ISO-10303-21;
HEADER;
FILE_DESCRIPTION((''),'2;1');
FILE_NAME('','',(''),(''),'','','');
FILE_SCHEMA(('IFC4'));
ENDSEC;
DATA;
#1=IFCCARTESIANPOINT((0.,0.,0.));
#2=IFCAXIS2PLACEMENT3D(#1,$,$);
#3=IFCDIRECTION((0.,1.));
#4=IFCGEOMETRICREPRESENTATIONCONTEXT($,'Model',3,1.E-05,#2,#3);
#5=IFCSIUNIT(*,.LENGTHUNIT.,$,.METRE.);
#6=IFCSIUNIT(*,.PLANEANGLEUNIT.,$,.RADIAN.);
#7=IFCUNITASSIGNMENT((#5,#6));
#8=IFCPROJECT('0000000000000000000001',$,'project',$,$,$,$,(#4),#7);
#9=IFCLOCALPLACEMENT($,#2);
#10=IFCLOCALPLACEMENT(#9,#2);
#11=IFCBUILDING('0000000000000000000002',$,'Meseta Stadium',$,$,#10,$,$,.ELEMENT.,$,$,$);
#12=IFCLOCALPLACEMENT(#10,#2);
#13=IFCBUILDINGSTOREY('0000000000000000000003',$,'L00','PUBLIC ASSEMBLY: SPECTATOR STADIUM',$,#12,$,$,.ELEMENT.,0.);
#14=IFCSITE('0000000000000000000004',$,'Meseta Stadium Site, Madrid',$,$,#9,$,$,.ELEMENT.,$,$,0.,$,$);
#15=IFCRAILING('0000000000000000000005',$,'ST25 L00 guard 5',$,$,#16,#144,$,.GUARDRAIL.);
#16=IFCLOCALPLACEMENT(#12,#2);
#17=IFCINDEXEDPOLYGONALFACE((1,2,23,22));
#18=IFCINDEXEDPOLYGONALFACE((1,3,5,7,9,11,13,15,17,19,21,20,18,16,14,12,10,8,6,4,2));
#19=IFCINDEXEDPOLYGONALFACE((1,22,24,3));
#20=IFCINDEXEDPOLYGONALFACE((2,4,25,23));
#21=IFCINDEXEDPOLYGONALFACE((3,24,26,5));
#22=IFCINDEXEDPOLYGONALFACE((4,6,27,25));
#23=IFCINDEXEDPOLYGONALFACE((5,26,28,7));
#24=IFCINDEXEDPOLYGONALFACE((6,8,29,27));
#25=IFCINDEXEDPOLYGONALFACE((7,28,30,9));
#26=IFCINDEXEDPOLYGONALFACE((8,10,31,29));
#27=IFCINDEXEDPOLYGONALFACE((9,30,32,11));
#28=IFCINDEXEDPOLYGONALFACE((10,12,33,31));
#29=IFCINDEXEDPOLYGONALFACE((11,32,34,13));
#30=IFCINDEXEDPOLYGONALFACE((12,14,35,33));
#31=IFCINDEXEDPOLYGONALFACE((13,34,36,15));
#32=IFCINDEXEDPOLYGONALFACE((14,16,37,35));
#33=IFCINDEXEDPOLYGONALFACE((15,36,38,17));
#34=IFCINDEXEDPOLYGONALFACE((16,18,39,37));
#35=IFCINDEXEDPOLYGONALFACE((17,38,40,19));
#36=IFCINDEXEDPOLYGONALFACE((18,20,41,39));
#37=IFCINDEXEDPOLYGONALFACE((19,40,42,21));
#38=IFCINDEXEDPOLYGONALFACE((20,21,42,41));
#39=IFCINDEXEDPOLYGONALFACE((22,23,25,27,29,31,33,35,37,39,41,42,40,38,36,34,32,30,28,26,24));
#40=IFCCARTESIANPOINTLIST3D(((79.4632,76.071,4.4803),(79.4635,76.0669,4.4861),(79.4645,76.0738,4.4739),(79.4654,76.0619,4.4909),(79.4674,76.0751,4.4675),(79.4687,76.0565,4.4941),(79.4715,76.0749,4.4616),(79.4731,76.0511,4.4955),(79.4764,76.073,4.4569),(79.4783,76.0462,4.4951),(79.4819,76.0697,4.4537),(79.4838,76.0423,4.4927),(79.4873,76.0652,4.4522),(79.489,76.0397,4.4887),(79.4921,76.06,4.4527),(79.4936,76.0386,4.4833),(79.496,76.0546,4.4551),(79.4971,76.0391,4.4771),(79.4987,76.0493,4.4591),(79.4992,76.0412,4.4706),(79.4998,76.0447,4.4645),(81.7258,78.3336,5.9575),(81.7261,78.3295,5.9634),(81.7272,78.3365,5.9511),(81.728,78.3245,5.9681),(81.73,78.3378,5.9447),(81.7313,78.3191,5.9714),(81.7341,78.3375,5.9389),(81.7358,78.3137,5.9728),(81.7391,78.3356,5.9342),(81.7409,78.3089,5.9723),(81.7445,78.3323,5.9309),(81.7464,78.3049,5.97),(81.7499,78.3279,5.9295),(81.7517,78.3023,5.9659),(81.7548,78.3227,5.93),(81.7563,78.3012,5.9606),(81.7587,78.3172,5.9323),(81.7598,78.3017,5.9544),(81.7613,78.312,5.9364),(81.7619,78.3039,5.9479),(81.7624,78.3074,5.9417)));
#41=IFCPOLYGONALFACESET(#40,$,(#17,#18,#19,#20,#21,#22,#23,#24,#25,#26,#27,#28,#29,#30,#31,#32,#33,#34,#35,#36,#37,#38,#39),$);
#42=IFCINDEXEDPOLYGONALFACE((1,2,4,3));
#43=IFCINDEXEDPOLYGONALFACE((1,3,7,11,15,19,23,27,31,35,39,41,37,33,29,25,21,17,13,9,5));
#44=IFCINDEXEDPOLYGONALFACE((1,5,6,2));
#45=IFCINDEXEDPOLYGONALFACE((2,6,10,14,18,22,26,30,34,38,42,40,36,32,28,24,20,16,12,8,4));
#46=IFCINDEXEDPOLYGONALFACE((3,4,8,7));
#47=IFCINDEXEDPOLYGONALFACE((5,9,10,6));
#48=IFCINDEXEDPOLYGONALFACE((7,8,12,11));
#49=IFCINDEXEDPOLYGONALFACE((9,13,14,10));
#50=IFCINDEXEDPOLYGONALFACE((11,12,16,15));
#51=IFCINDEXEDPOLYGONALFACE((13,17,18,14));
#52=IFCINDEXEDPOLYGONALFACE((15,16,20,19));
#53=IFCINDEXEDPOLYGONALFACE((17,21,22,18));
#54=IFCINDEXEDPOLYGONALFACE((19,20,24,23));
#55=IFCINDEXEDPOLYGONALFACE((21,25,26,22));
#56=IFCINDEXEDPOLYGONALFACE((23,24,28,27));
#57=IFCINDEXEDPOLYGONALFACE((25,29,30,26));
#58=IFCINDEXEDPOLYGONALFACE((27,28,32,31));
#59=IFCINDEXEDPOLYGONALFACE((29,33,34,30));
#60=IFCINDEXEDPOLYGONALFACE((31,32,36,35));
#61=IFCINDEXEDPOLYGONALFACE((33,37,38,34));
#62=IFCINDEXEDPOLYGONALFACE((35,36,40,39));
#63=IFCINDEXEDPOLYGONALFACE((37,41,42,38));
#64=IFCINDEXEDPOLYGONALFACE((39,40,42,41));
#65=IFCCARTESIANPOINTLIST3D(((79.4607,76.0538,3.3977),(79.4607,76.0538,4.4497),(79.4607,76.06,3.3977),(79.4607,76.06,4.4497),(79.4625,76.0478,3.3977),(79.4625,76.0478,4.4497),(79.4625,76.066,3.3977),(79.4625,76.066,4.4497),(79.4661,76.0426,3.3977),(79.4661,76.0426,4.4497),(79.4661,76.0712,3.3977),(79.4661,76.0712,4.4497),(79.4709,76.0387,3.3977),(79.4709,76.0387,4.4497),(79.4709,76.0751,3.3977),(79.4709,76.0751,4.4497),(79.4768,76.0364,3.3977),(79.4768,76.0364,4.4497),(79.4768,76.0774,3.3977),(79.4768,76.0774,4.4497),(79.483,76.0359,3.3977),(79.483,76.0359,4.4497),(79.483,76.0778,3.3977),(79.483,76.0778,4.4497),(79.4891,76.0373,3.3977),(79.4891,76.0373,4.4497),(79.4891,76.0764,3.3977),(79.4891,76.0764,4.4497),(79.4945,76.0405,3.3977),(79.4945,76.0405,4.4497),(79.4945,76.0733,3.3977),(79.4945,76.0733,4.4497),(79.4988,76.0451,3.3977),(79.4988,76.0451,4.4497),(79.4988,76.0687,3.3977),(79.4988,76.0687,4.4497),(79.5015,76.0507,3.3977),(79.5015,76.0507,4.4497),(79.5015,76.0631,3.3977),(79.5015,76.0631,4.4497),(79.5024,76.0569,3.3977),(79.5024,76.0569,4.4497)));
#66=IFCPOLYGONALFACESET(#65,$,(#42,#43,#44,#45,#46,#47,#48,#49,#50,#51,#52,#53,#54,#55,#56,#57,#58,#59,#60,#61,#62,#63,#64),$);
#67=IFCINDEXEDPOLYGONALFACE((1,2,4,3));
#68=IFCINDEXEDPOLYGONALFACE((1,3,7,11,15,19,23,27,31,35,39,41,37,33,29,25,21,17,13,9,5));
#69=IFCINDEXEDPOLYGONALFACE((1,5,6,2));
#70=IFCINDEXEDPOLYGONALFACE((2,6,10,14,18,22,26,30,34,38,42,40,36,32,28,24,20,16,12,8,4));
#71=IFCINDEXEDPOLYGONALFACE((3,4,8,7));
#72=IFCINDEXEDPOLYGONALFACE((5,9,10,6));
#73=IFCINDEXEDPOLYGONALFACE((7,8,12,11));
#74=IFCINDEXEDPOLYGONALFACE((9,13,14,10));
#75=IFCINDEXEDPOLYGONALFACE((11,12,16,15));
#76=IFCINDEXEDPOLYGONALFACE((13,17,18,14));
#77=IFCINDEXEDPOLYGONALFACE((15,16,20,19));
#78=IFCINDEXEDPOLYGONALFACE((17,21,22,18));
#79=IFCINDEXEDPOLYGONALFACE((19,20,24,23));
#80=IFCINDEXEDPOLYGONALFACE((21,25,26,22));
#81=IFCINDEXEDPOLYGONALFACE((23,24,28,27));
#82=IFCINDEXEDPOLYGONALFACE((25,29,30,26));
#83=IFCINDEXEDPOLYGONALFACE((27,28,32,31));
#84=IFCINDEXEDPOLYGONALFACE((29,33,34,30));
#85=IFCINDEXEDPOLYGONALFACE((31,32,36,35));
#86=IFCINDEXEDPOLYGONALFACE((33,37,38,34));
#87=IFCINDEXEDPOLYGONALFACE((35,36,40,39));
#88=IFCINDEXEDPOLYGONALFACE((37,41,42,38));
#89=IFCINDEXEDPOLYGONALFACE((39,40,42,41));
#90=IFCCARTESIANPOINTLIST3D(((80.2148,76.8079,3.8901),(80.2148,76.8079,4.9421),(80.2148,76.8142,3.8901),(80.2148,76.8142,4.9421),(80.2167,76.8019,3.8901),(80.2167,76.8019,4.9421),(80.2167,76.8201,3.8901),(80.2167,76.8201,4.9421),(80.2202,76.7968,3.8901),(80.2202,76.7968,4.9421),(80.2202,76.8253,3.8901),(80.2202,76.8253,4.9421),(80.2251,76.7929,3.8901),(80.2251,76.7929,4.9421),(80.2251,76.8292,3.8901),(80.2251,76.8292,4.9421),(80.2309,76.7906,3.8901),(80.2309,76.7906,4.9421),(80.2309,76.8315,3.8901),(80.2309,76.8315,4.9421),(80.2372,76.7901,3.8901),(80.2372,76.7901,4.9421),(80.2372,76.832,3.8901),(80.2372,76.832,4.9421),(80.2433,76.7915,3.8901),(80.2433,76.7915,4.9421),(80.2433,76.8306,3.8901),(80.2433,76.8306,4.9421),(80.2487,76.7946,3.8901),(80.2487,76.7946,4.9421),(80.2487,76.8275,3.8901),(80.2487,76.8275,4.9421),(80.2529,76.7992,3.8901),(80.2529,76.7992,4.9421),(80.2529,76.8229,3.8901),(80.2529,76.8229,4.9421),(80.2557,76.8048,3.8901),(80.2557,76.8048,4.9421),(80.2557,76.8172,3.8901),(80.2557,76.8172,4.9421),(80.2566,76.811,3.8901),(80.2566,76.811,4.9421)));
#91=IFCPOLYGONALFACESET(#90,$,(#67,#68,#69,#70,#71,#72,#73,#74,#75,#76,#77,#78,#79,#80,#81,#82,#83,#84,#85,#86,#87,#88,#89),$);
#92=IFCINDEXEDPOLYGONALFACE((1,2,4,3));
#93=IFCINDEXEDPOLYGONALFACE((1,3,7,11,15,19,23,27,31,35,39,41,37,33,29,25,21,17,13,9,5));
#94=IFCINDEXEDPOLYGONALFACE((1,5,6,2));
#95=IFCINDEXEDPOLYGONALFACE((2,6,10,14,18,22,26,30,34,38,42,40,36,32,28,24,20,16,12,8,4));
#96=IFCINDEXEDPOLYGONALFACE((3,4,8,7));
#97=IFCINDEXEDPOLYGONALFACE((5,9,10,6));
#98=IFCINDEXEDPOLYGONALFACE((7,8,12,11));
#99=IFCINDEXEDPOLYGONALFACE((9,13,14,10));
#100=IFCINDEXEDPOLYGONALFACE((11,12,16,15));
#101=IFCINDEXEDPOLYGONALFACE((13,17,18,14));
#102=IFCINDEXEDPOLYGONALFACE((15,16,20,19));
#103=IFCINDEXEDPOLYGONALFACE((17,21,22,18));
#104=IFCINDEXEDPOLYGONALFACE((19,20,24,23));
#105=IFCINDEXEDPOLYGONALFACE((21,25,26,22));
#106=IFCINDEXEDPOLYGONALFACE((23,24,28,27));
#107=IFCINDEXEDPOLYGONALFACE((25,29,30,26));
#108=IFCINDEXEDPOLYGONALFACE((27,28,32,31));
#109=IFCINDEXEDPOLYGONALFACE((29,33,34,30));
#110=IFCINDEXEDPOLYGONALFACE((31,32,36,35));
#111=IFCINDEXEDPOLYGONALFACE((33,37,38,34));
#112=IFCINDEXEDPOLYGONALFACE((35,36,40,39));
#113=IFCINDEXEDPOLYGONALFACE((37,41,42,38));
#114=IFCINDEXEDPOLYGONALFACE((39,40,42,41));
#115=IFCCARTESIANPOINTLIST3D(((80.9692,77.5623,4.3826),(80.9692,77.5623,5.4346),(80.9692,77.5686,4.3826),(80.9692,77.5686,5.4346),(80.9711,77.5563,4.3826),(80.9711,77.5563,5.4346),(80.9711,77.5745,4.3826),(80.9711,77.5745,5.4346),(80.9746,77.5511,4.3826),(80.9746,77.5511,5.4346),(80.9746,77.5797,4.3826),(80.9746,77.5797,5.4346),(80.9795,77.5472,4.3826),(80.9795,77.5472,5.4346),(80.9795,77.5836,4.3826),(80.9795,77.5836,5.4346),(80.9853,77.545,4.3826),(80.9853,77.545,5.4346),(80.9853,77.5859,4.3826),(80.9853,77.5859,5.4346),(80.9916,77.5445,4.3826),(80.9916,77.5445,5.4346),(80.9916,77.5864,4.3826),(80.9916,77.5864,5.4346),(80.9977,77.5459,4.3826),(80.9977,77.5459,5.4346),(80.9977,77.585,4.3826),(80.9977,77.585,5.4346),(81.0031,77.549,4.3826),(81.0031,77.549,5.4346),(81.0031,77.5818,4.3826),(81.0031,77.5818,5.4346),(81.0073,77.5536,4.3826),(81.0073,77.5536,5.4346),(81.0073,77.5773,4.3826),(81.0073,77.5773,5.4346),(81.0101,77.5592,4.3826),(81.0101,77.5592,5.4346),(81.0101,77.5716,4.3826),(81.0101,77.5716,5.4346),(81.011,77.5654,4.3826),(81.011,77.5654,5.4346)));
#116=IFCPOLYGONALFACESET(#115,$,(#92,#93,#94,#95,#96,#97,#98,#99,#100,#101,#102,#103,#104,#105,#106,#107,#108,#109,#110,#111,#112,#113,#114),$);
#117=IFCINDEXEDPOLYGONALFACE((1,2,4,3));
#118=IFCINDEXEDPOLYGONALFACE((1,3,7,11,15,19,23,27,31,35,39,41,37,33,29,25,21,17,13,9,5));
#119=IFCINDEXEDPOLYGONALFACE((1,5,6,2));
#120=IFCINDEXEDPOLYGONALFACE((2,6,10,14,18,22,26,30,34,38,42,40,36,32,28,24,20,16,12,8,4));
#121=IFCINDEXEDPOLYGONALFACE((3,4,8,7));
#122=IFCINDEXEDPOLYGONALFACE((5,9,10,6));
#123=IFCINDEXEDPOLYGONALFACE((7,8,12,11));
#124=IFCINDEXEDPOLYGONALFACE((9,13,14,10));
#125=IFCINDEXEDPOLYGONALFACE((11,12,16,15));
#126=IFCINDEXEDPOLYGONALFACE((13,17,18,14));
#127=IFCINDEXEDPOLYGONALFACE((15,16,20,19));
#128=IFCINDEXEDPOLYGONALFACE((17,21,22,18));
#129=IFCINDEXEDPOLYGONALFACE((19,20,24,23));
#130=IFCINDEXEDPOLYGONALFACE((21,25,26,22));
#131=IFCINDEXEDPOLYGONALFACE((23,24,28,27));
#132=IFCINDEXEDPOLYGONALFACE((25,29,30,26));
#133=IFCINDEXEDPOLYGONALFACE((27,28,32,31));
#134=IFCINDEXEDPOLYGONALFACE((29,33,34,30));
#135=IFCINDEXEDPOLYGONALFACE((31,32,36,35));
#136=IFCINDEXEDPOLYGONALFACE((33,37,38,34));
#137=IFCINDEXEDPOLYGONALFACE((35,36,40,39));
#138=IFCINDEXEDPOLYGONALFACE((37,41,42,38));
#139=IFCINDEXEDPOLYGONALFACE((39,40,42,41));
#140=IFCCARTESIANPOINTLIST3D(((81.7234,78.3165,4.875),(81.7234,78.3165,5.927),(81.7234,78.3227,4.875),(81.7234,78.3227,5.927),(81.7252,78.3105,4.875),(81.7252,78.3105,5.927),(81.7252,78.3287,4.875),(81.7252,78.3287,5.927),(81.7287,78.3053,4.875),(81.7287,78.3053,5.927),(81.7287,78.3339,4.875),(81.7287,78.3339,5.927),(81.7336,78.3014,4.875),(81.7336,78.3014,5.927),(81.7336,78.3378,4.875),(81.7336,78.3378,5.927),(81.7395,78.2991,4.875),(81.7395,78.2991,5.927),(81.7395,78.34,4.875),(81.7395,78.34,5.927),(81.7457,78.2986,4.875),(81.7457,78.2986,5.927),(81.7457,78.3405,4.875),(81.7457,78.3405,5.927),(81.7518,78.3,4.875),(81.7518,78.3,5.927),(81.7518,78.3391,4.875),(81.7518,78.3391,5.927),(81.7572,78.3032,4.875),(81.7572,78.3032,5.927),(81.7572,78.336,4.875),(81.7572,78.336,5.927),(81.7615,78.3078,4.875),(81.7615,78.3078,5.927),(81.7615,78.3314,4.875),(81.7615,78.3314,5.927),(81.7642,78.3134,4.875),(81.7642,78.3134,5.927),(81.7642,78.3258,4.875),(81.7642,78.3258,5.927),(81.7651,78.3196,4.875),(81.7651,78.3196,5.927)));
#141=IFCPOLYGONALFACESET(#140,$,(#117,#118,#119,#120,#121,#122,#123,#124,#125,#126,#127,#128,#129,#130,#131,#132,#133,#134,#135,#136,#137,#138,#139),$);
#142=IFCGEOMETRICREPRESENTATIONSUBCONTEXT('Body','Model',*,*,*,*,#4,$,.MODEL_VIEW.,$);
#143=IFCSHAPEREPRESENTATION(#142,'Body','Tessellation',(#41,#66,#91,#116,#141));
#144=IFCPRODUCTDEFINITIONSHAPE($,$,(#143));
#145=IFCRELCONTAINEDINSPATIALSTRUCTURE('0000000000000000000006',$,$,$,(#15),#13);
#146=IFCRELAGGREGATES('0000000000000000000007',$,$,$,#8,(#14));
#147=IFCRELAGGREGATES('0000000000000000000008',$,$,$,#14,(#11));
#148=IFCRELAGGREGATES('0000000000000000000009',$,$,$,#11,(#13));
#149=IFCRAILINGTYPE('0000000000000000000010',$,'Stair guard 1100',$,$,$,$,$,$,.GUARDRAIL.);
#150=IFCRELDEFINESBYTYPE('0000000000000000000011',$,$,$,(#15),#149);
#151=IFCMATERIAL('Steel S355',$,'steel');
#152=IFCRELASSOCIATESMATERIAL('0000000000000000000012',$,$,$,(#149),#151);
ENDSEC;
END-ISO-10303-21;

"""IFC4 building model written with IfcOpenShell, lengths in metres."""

from ifc_helpers import new_model, si_unit, direction, frame, origin, origin_2d, place, context, subcontext, project, spatial, circle, extrude, material, type_object, element, save


model = new_model("IFC4")

# Units and contexts
model_context = context("Model", 3, precision=1e-05, world=origin(), true_north=direction((0.0, 1.0)))
body_context = subcontext(model_context, "Body", "Model", "MODEL_VIEW")
ifc_project = project(units=[si_unit("LENGTHUNIT", "METRE"), si_unit("PLANEANGLEUNIT", "RADIAN")], contexts=[model_context])

# Site, building, storey
site_placement = place(None, origin())
site = spatial("IfcSite", under=ifc_project, at=site_placement, Name="Meseta Stadium Site, Madrid", CompositionType="ELEMENT", RefElevation=0.0)
building_placement = place(site_placement, origin())
building = spatial("IfcBuilding", under=site, at=building_placement, Name="Meseta Stadium", CompositionType="ELEMENT")
storey_placement = place(building_placement, origin())
storey = spatial("IfcBuildingStorey", under=building, at=storey_placement, Name="L00", Description="PUBLIC ASSEMBLY: SPECTATOR STADIUM", CompositionType="ELEMENT", Elevation=0.0)

# Railing
ifc_material_1 = material(Name="Steel S355", Category="steel")
railing_type_1 = type_object("IfcRailingType", Name="Stair guard 1100", PredefinedType="GUARDRAIL", material=ifc_material_1)
railing_1_placement = place(storey_placement, frame((79.4814, 76.0569, 3.3977)))
element("IfcRailing", 1, at=railing_1_placement, inside=storey, type_object=railing_type_1, Name="ST25 L00 guard 5", PredefinedType="GUARDRAIL", context=body_context, shape_type="SweptSolid", body=[
    extrude(circle(Radius=0.0239, at=origin_2d()), frame((0.0, 0.0, 1.0762), z_axis=(0.641994, 0.641994, 0.419152), x_axis=(-0.707107, 0.707107, 0.0)), (0.0, 0.0, 1.0), 3.5244),
    extrude(circle(Radius=0.021, at=origin_2d()), origin(), (0.0, 0.0, 1.0), 1.052),
    extrude(circle(Radius=0.021, at=origin_2d()), frame((0.7542, 0.7542, 0.4924)), (0.0, 0.0, 1.0), 1.052),
    extrude(circle(Radius=0.021, at=origin_2d()), frame((1.5085, 1.5085, 0.9849)), (0.0, 0.0, 1.0), 1.052),
    extrude(circle(Radius=0.021, at=origin_2d()), frame((2.2627, 2.2627, 1.4773)), (0.0, 0.0, 1.0), 1.052),
])

save(model, "model.ifc")
